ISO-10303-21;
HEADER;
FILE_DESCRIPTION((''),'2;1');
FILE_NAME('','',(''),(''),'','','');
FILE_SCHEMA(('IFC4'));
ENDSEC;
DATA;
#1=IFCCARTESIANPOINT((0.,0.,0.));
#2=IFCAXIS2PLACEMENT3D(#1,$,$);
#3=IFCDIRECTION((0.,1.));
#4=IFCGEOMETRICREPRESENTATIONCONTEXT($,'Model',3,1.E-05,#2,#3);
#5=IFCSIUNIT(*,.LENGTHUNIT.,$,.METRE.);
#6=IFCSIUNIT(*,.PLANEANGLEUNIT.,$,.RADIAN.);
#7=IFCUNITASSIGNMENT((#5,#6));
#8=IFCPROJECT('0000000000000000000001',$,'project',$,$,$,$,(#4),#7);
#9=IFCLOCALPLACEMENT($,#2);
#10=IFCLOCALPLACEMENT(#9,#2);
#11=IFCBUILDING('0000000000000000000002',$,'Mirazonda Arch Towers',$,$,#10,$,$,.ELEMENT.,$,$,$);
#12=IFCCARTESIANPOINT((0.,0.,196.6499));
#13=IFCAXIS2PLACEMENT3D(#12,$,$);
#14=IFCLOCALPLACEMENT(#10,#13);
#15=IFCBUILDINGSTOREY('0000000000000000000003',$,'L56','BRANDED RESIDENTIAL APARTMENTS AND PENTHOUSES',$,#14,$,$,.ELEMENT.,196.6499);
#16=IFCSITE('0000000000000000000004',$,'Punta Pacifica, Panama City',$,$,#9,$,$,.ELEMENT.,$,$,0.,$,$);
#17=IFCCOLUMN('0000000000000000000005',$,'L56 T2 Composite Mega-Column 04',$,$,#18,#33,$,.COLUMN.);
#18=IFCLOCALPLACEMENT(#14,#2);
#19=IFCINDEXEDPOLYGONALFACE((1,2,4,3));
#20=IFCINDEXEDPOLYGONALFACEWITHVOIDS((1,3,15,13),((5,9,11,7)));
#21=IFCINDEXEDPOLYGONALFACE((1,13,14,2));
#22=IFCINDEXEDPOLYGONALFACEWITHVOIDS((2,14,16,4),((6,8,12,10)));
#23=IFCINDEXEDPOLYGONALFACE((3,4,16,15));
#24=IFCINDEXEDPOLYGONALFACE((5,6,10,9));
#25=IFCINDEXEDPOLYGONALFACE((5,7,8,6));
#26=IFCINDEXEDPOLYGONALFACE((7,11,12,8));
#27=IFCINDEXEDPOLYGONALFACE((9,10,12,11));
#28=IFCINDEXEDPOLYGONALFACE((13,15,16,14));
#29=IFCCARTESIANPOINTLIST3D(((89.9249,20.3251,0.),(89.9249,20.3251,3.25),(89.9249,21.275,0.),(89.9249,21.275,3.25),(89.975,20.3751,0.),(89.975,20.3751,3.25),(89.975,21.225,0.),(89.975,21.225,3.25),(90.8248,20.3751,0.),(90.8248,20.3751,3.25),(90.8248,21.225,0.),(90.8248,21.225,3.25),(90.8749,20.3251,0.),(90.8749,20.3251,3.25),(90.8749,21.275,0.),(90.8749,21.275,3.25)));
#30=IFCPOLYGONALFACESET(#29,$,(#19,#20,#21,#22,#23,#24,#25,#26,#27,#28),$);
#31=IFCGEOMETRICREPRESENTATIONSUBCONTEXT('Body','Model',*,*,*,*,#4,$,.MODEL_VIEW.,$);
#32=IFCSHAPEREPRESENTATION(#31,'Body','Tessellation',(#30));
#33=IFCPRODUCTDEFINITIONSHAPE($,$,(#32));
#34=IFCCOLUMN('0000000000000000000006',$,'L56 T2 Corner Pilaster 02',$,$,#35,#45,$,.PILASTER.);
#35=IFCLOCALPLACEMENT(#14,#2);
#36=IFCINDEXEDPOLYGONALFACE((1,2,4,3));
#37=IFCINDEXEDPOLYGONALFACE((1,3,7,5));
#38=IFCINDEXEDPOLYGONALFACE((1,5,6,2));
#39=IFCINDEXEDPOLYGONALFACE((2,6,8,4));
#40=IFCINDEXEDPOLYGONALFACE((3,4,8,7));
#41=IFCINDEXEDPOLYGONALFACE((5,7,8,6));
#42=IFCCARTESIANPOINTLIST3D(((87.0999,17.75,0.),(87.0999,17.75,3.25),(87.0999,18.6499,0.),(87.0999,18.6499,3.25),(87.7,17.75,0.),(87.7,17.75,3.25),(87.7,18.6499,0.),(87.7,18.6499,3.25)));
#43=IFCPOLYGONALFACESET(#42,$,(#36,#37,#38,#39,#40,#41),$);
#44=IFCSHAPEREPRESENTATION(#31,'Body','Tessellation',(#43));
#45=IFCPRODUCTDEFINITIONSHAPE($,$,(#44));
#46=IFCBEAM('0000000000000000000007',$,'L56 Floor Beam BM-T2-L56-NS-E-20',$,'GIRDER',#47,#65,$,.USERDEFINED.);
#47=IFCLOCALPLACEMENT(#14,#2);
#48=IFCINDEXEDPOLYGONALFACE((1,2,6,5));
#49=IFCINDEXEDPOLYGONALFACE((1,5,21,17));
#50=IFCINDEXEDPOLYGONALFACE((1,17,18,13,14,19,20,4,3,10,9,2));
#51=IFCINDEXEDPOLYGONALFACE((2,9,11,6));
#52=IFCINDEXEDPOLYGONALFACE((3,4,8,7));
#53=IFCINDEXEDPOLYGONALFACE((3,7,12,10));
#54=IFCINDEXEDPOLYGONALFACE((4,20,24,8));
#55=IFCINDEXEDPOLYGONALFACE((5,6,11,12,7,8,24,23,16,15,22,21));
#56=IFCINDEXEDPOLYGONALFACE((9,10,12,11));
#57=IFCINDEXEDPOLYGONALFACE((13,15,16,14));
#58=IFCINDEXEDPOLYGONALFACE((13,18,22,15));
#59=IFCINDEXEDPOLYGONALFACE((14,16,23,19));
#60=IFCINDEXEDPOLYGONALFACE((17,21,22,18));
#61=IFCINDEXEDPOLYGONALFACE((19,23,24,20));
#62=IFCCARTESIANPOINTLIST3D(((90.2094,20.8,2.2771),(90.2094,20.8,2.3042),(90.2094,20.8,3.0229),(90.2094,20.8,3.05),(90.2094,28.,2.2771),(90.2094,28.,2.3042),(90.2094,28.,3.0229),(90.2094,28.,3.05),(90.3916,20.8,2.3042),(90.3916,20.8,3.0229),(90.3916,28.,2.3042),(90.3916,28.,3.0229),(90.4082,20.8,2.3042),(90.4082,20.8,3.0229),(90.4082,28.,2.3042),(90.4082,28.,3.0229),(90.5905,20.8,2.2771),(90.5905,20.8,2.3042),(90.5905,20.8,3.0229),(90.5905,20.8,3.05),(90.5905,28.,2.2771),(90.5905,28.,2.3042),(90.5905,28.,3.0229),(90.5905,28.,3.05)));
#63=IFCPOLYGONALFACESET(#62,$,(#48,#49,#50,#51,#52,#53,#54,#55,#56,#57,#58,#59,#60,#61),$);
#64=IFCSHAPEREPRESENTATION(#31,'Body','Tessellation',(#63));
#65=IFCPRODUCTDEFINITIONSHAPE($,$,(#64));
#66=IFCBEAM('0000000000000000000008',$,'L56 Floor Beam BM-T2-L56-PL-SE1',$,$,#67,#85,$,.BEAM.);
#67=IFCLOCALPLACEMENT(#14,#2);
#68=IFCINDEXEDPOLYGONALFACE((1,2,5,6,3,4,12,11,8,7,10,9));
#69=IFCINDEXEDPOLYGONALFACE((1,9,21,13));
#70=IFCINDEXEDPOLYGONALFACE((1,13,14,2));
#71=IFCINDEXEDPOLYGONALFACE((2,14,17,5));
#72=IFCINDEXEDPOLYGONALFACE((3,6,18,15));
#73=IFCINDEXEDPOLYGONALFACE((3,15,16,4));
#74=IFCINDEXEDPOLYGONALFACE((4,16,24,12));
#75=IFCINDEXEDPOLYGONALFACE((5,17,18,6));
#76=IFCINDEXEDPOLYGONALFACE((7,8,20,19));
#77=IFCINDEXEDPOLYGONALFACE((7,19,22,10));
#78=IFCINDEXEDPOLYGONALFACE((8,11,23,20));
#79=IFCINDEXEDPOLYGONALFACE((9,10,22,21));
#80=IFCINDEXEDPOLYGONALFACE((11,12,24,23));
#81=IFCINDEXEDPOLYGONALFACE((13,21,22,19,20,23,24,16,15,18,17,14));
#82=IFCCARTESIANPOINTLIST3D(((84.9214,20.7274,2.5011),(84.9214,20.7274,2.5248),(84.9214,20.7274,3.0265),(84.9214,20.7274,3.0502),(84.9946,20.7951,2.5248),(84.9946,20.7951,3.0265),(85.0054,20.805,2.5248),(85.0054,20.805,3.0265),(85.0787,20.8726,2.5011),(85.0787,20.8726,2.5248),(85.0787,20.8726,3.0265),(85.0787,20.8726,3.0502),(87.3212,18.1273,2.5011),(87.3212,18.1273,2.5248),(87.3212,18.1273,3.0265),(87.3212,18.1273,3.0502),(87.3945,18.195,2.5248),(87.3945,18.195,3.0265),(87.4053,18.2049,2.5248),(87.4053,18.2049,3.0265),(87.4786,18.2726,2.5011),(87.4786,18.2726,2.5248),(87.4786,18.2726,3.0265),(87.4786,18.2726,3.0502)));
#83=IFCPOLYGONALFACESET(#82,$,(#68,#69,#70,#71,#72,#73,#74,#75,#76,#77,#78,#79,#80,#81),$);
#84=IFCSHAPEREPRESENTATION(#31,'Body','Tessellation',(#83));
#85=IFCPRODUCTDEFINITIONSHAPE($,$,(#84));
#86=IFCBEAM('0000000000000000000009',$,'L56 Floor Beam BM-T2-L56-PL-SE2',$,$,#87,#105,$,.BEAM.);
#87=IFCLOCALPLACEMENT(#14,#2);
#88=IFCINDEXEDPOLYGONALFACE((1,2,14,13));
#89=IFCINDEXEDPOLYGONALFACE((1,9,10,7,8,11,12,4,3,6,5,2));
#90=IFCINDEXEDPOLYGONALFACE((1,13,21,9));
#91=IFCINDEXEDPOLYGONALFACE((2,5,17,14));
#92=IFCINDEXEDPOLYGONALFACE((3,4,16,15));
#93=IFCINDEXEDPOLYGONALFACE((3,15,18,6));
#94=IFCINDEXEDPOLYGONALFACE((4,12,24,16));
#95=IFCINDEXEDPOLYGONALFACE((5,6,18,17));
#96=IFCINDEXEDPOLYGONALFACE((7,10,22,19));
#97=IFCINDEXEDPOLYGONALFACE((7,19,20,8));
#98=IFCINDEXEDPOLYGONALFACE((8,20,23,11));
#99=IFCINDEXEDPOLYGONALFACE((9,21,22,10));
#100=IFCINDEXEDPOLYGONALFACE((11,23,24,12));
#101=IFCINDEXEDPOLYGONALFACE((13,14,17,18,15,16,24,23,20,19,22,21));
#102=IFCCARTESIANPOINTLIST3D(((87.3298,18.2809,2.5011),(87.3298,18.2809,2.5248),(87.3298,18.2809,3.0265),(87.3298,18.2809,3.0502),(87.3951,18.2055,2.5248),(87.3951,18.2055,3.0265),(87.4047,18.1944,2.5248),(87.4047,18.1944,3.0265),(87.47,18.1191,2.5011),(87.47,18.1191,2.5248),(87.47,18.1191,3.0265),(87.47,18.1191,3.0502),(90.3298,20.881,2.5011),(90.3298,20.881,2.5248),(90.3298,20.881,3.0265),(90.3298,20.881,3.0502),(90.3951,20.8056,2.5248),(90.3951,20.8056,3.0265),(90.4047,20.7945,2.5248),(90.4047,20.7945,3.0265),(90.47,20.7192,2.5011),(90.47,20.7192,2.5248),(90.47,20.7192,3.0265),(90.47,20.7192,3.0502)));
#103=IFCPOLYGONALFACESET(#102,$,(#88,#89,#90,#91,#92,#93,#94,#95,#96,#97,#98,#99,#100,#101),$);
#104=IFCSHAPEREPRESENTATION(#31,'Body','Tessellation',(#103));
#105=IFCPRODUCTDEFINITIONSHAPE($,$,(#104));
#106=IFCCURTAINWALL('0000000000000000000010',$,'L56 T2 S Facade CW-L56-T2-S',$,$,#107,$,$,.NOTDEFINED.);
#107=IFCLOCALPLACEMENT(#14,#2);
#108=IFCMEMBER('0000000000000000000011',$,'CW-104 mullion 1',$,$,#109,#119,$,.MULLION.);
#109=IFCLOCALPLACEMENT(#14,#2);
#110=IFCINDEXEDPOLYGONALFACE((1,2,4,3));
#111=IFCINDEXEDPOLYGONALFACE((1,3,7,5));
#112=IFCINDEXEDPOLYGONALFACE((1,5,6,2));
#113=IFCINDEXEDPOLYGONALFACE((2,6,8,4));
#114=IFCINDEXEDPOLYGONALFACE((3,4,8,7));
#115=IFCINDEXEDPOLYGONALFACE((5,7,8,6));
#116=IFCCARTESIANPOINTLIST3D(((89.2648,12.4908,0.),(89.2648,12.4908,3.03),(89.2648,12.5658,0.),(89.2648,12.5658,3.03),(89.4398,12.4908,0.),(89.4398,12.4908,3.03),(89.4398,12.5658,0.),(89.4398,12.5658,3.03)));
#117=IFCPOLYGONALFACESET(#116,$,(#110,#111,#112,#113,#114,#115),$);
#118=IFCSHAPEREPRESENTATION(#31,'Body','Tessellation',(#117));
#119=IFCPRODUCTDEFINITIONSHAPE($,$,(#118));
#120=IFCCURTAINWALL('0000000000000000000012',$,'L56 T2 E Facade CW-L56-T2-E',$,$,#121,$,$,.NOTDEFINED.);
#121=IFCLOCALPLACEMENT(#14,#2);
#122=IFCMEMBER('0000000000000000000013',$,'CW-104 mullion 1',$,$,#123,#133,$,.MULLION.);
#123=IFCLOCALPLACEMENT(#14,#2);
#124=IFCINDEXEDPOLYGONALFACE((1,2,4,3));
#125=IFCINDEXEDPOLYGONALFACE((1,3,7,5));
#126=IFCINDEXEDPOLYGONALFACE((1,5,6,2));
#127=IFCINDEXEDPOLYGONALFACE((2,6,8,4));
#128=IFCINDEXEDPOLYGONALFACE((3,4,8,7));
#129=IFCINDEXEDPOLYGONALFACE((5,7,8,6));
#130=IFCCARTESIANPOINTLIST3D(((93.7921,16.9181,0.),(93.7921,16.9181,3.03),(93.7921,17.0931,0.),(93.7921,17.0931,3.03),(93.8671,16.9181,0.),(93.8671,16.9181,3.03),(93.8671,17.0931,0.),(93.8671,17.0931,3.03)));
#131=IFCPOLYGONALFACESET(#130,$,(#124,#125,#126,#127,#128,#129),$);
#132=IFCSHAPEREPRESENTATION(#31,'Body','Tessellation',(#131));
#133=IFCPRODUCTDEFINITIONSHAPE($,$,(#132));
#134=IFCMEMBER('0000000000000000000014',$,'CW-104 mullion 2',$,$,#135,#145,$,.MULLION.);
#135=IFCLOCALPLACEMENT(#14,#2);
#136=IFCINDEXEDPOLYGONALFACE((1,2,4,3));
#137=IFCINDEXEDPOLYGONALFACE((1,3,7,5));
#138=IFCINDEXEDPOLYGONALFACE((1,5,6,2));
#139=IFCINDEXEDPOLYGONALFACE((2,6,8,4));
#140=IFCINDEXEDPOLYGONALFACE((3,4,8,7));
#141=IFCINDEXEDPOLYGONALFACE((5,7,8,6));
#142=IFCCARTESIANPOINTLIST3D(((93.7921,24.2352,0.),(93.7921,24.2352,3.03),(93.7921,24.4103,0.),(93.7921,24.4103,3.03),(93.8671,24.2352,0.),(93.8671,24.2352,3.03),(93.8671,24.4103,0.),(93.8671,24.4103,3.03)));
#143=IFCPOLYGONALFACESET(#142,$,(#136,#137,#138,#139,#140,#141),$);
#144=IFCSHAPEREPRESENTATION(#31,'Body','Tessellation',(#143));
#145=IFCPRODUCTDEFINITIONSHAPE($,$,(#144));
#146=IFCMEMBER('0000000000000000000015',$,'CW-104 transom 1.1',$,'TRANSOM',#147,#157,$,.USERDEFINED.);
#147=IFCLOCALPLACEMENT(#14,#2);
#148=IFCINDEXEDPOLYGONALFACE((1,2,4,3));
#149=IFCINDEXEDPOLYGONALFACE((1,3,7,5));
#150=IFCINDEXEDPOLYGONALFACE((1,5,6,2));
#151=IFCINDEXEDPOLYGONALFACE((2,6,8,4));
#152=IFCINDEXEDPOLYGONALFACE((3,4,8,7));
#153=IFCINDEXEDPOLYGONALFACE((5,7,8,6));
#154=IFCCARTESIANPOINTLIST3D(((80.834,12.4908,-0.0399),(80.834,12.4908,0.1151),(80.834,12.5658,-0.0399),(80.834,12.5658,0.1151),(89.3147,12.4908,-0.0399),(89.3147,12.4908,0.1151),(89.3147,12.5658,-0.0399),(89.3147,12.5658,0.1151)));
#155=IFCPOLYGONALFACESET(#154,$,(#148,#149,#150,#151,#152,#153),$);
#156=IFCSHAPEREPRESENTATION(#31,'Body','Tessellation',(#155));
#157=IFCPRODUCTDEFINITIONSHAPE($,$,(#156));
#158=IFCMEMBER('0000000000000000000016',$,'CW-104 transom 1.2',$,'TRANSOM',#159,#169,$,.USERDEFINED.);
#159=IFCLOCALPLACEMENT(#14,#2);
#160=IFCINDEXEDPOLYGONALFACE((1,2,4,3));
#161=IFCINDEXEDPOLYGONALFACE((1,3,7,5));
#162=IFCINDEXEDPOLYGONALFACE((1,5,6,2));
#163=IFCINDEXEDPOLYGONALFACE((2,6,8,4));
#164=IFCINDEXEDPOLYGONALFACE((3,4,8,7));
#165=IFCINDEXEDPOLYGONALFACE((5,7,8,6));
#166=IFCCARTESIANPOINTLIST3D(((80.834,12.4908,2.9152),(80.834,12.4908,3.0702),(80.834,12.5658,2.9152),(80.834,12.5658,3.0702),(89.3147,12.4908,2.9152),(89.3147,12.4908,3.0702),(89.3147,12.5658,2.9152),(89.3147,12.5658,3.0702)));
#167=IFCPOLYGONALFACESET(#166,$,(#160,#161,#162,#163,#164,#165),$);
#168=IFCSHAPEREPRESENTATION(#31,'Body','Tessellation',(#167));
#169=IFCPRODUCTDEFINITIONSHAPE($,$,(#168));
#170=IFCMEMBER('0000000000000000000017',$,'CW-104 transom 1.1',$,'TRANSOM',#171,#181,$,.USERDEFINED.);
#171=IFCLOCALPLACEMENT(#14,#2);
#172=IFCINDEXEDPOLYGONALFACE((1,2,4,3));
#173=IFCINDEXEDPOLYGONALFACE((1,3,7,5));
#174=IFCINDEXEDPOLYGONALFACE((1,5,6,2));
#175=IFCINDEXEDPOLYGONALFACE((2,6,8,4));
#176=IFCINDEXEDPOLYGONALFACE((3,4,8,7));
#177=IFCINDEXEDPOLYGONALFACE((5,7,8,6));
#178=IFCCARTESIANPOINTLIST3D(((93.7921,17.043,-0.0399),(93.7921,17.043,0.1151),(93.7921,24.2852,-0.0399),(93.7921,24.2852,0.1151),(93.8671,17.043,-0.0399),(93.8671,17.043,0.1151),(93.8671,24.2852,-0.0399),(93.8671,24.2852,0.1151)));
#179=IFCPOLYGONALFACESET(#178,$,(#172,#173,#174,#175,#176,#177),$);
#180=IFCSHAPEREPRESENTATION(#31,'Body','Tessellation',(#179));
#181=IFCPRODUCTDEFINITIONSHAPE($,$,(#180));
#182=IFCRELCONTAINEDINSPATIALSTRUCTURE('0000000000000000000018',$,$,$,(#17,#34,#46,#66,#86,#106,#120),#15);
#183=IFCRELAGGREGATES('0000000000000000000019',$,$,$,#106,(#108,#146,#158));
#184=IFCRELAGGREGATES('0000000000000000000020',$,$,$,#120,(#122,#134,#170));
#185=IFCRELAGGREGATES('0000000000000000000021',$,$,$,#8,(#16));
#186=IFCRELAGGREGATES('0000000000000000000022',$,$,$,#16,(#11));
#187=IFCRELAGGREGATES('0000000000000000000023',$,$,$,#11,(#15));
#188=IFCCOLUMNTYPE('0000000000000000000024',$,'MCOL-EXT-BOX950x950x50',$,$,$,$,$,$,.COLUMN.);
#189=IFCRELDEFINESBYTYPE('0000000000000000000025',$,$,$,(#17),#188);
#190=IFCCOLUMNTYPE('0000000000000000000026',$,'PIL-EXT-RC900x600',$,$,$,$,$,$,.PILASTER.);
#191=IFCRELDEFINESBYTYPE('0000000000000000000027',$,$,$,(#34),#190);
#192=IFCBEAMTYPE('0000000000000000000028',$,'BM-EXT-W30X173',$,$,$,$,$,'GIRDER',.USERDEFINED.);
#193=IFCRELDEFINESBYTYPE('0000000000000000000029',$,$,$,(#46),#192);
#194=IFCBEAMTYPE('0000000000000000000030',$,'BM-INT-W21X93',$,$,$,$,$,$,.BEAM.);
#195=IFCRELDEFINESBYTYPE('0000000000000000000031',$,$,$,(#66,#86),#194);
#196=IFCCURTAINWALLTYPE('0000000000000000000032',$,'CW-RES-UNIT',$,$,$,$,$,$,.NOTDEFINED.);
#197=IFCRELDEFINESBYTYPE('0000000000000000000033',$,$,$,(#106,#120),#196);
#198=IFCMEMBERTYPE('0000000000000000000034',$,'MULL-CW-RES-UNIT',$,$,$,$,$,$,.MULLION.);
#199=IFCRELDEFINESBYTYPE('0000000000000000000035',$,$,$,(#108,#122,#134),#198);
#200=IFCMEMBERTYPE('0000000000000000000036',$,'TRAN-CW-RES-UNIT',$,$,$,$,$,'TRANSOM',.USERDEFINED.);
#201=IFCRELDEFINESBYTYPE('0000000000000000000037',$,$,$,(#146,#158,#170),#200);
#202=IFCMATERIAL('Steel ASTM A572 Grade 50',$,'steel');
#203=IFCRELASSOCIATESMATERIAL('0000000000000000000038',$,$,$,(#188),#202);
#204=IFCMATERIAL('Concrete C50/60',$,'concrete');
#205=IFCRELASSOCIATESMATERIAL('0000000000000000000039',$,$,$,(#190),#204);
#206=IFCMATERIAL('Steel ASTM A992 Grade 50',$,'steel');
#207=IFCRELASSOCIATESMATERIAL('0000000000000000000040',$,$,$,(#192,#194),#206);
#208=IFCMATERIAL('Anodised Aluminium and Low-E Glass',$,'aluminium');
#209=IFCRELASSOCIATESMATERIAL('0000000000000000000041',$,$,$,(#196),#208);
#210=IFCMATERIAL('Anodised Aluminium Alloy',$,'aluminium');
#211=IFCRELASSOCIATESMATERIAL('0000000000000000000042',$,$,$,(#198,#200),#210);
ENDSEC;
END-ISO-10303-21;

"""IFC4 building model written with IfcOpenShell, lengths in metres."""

from ifc_helpers import new_model, si_unit, direction, frame, origin, origin_2d, place, context, subcontext, project, spatial, rectangle, hollow_rectangle, i_section, extrude, material, material_profile, profile_set, type_object, element, aggregate, save


model = new_model("IFC4")

# Units and contexts
model_context = context("Model", 3, precision=1e-05, world=origin(), true_north=direction((0.0, 1.0)))
body_context = subcontext(model_context, "Body", "Model", "MODEL_VIEW")
ifc_project = project(units=[si_unit("LENGTHUNIT", "METRE"), si_unit("PLANEANGLEUNIT", "RADIAN")], contexts=[model_context])

# Site, building, storey
site_placement = place(None, origin())
site = spatial("IfcSite", under=ifc_project, at=site_placement, Name="Punta Pacifica, Panama City", CompositionType="ELEMENT", RefElevation=0.0)
building_placement = place(site_placement, origin())
building = spatial("IfcBuilding", under=site, at=building_placement, Name="Mirazonda Arch Towers", CompositionType="ELEMENT")
storey_placement = place(building_placement, frame((0.0, 0.0, 196.6499)))
storey = spatial("IfcBuildingStorey", under=building, at=storey_placement, Name="L56", Description="BRANDED RESIDENTIAL APARTMENTS AND PENTHOUSES", CompositionType="ELEMENT", Elevation=196.6499)

# Columns
ifc_material_1 = material(Name="Steel ASTM A572 Grade 50", Category="steel")
ifc_material_profile_1 = material_profile(ifc_material_1, hollow_rectangle(XDim=0.95, YDim=0.95, WallThickness=0.05, at=origin_2d()), Name="BOX950x950x50")
ifc_profile_set_1 = profile_set([ifc_material_profile_1], Name="Steel ASTM A572 Grade 50")
column_type_1 = type_object("IfcColumnType", Name="MCOL-EXT-BOX950x950x50", PredefinedType="COLUMN", material=ifc_profile_set_1)
column_1_placement = place(storey_placement, frame((90.3999, 20.8, 0.0), z_axis=(0.0, 0.0, 1.0), x_axis=(1.0, 0.0, 0.0)))
element("IfcColumn", 1, at=column_1_placement, inside=storey, type_object=column_type_1, Name="L56 T2 Composite Mega-Column 04", PredefinedType="COLUMN", context=body_context, shape_type="SweptSolid", body=[
    extrude(hollow_rectangle(XDim=0.95, YDim=0.95, WallThickness=0.05, at=origin_2d()), origin(), (0.0, 0.0, 1.0), 3.25),
])
ifc_material_2 = material(Name="Concrete C50/60", Category="concrete")
ifc_material_profile_2 = material_profile(ifc_material_2, rectangle(XDim=0.6001, YDim=0.8999, at=origin_2d()), Name="RC900x600")
ifc_profile_set_2 = profile_set([ifc_material_profile_2], Name="Concrete C50/60")
column_type_2 = type_object("IfcColumnType", Name="PIL-EXT-RC900x600", PredefinedType="PILASTER", material=ifc_profile_set_2)
column_2_placement = place(storey_placement, frame((87.3999, 18.2, 0.0), z_axis=(0.0, 0.0, 1.0), x_axis=(1.0, 0.0, 0.0)))
element("IfcColumn", 2, at=column_2_placement, inside=storey, type_object=column_type_2, Name="L56 T2 Corner Pilaster 02", PredefinedType="PILASTER", context=body_context, shape_type="SweptSolid", body=[
    extrude(rectangle(XDim=0.6001, YDim=0.8999, at=origin_2d()), origin(), (0.0, 0.0, 1.0), 3.25),
])

# Beams
ifc_material_3 = material(Name="Steel ASTM A992 Grade 50", Category="steel")
ifc_material_profile_3 = material_profile(ifc_material_3, i_section(OverallWidth=0.3811, OverallDepth=0.7729, WebThickness=0.0166, FlangeThickness=0.0271, at=origin_2d()), Name="W30X173")
ifc_profile_set_3 = profile_set([ifc_material_profile_3], Name="Steel ASTM A992 Grade 50")
beam_type_1 = type_object("IfcBeamType", Name="BM-EXT-W30X173", ElementType="GIRDER", PredefinedType="USERDEFINED", material=ifc_profile_set_3)
beam_1_placement = place(storey_placement, frame((90.3999, 20.8, 2.6636), z_axis=(0.0, 1.0, 0.0), x_axis=(-1.0, 0.0, 0.0)))
element("IfcBeam", 3, at=beam_1_placement, inside=storey, type_object=beam_type_1, Name="L56 Floor Beam BM-T2-L56-NS-E-20", ObjectType="GIRDER", PredefinedType="USERDEFINED", context=body_context, shape_type="SweptSolid", body=[
    extrude(i_section(OverallWidth=0.3811, OverallDepth=0.7729, WebThickness=0.0166, FlangeThickness=0.0271, at=origin_2d()), origin(), (0.0, 0.0, 1.0), 7.2),
])
ifc_material_profile_4 = material_profile(ifc_material_3, i_section(OverallWidth=0.2141, OverallDepth=0.5491, WebThickness=0.0146, FlangeThickness=0.0237, at=origin_2d()), Name="W21X93")
ifc_profile_set_4 = profile_set([ifc_material_profile_4], Name="Steel ASTM A992 Grade 50")
beam_type_2 = type_object("IfcBeamType", Name="BM-INT-W21X93", PredefinedType="BEAM", material=ifc_profile_set_4)
beam_2_placement = place(storey_placement, frame((87.3999, 18.2, 2.7756), z_axis=(-0.678251, 0.73483, 0.0), x_axis=(-0.73483, -0.678251, 0.0)))
element("IfcBeam", 4, at=beam_2_placement, inside=storey, type_object=beam_type_2, Name="L56 Floor Beam BM-T2-L56-PL-SE1", PredefinedType="BEAM", context=body_context, shape_type="SweptSolid", body=[
    extrude(i_section(OverallWidth=0.2141, OverallDepth=0.5491, WebThickness=0.0146, FlangeThickness=0.0237, at=origin_2d()), origin(), (0.0, 0.0, 1.0), 3.5383),
])
beam_3_placement = place(storey_placement, frame((87.3999, 18.2, 2.7756), z_axis=(0.755677, 0.654945, 0.0), x_axis=(-0.654945, 0.755677, 0.0)))
element("IfcBeam", 5, at=beam_3_placement, inside=storey, type_object=beam_type_2, Name="L56 Floor Beam BM-T2-L56-PL-SE2", PredefinedType="BEAM", context=body_context, shape_type="SweptSolid", body=[
    extrude(i_section(OverallWidth=0.2141, OverallDepth=0.5491, WebThickness=0.0146, FlangeThickness=0.0237, at=origin_2d()), origin(), (0.0, 0.0, 1.0), 3.97),
])

# Curtain wall, member
ifc_material_4 = material(Name="Anodised Aluminium and Low-E Glass", Category="aluminium")
curtain_wall_type = type_object("IfcCurtainWallType", Name="CW-RES-UNIT", PredefinedType="NOTDEFINED", material=ifc_material_4)
curtain_wall_1_placement = place(storey_placement, origin())
curtain_wall_1 = element("IfcCurtainWall", 6, at=curtain_wall_1_placement, inside=storey, type_object=curtain_wall_type, Name="L56 T2 S Facade CW-L56-T2-S", PredefinedType="NOTDEFINED")
ifc_material_5 = material(Name="Anodised Aluminium Alloy", Category="aluminium")
ifc_material_profile_5 = material_profile(ifc_material_5, rectangle(XDim=0.075, YDim=0.175, at=origin_2d()), Name="ALU-MULL-75x175")
ifc_profile_set_5 = profile_set([ifc_material_profile_5], Name="Anodised Aluminium Alloy")
member_type_1 = type_object("IfcMemberType", Name="MULL-CW-RES-UNIT", PredefinedType="MULLION", material=ifc_profile_set_5)
member_1_placement = place(storey_placement, frame((89.3523, 12.5283, 0.0), z_axis=(0.0, 0.0, 1.0), x_axis=(0.0, -1.0, 0.0)))
member_1 = element("IfcMember", 7, at=member_1_placement, type_object=member_type_1, Name="CW-104 mullion 1", PredefinedType="MULLION", context=body_context, shape_type="SweptSolid", body=[
    extrude(rectangle(XDim=0.075, YDim=0.175, at=origin_2d()), origin(), (0.0, 0.0, 1.0), 3.03),
])

# Curtain wall, members
curtain_wall_2_placement = place(storey_placement, origin())
curtain_wall_2 = element("IfcCurtainWall", 8, at=curtain_wall_2_placement, inside=storey, type_object=curtain_wall_type, Name="L56 T2 E Facade CW-L56-T2-E", PredefinedType="NOTDEFINED")
member_2_placement = place(storey_placement, frame((93.8296, 17.0056, 0.0), z_axis=(0.0, 0.0, 1.0), x_axis=(-1.0, 0.0, 0.0)))
member_2 = element("IfcMember", 9, at=member_2_placement, type_object=member_type_1, Name="CW-104 mullion 1", PredefinedType="MULLION", context=body_context, shape_type="SweptSolid", body=[
    extrude(rectangle(XDim=0.075, YDim=0.175, at=origin_2d()), origin(), (0.0, 0.0, 1.0), 3.03),
])
member_3_placement = place(storey_placement, frame((93.8296, 24.3228, 0.0), z_axis=(0.0, 0.0, 1.0), x_axis=(-1.0, 0.0, 0.0)))
member_3 = element("IfcMember", 10, at=member_3_placement, type_object=member_type_1, Name="CW-104 mullion 2", PredefinedType="MULLION", context=body_context, shape_type="SweptSolid", body=[
    extrude(rectangle(XDim=0.075, YDim=0.175, at=origin_2d()), origin(), (0.0, 0.0, 1.0), 3.03),
])

# Members
ifc_material_profile_6 = material_profile(ifc_material_5, rectangle(XDim=0.075, YDim=0.155, at=origin_2d()), Name="ALU-TRAN-75x155")
ifc_profile_set_6 = profile_set([ifc_material_profile_6], Name="Anodised Aluminium Alloy")
member_type_2 = type_object("IfcMemberType", Name="TRAN-CW-RES-UNIT", ElementType="TRANSOM", PredefinedType="USERDEFINED", material=ifc_profile_set_6)
member_4_placement = place(storey_placement, frame((89.3147, 12.5283, 0.0376), z_axis=(-1.0, 0.0, 0.0), x_axis=(0.0, -1.0, 0.0)))
member_4 = element("IfcMember", 11, at=member_4_placement, type_object=member_type_2, Name="CW-104 transom 1.1", ObjectType="TRANSOM", PredefinedType="USERDEFINED", context=body_context, shape_type="SweptSolid", body=[
    extrude(rectangle(XDim=0.075, YDim=0.155, at=origin_2d()), origin(), (0.0, 0.0, 1.0), 8.4807),
])
member_5_placement = place(storey_placement, frame((89.3147, 12.5283, 2.9927), z_axis=(-1.0, 0.0, 0.0), x_axis=(0.0, -1.0, 0.0)))
member_5 = element("IfcMember", 12, at=member_5_placement, type_object=member_type_2, Name="CW-104 transom 1.2", ObjectType="TRANSOM", PredefinedType="USERDEFINED", context=body_context, shape_type="SweptSolid", body=[
    extrude(rectangle(XDim=0.075, YDim=0.155, at=origin_2d()), origin(), (0.0, 0.0, 1.0), 8.4807),
])
aggregate(curtain_wall_1, [member_1, member_4, member_5])
member_6_placement = place(storey_placement, frame((93.8296, 17.043, 0.0376), z_axis=(0.0, 1.0, 0.0), x_axis=(-1.0, 0.0, 0.0)))
member_6 = element("IfcMember", 13, at=member_6_placement, type_object=member_type_2, Name="CW-104 transom 1.1", ObjectType="TRANSOM", PredefinedType="USERDEFINED", context=body_context, shape_type="SweptSolid", body=[
    extrude(rectangle(XDim=0.075, YDim=0.155, at=origin_2d()), origin(), (0.0, 0.0, 1.0), 7.2422),
])

aggregate(curtain_wall_2, [member_2, member_3, member_6])

save(model, "model.ifc")
